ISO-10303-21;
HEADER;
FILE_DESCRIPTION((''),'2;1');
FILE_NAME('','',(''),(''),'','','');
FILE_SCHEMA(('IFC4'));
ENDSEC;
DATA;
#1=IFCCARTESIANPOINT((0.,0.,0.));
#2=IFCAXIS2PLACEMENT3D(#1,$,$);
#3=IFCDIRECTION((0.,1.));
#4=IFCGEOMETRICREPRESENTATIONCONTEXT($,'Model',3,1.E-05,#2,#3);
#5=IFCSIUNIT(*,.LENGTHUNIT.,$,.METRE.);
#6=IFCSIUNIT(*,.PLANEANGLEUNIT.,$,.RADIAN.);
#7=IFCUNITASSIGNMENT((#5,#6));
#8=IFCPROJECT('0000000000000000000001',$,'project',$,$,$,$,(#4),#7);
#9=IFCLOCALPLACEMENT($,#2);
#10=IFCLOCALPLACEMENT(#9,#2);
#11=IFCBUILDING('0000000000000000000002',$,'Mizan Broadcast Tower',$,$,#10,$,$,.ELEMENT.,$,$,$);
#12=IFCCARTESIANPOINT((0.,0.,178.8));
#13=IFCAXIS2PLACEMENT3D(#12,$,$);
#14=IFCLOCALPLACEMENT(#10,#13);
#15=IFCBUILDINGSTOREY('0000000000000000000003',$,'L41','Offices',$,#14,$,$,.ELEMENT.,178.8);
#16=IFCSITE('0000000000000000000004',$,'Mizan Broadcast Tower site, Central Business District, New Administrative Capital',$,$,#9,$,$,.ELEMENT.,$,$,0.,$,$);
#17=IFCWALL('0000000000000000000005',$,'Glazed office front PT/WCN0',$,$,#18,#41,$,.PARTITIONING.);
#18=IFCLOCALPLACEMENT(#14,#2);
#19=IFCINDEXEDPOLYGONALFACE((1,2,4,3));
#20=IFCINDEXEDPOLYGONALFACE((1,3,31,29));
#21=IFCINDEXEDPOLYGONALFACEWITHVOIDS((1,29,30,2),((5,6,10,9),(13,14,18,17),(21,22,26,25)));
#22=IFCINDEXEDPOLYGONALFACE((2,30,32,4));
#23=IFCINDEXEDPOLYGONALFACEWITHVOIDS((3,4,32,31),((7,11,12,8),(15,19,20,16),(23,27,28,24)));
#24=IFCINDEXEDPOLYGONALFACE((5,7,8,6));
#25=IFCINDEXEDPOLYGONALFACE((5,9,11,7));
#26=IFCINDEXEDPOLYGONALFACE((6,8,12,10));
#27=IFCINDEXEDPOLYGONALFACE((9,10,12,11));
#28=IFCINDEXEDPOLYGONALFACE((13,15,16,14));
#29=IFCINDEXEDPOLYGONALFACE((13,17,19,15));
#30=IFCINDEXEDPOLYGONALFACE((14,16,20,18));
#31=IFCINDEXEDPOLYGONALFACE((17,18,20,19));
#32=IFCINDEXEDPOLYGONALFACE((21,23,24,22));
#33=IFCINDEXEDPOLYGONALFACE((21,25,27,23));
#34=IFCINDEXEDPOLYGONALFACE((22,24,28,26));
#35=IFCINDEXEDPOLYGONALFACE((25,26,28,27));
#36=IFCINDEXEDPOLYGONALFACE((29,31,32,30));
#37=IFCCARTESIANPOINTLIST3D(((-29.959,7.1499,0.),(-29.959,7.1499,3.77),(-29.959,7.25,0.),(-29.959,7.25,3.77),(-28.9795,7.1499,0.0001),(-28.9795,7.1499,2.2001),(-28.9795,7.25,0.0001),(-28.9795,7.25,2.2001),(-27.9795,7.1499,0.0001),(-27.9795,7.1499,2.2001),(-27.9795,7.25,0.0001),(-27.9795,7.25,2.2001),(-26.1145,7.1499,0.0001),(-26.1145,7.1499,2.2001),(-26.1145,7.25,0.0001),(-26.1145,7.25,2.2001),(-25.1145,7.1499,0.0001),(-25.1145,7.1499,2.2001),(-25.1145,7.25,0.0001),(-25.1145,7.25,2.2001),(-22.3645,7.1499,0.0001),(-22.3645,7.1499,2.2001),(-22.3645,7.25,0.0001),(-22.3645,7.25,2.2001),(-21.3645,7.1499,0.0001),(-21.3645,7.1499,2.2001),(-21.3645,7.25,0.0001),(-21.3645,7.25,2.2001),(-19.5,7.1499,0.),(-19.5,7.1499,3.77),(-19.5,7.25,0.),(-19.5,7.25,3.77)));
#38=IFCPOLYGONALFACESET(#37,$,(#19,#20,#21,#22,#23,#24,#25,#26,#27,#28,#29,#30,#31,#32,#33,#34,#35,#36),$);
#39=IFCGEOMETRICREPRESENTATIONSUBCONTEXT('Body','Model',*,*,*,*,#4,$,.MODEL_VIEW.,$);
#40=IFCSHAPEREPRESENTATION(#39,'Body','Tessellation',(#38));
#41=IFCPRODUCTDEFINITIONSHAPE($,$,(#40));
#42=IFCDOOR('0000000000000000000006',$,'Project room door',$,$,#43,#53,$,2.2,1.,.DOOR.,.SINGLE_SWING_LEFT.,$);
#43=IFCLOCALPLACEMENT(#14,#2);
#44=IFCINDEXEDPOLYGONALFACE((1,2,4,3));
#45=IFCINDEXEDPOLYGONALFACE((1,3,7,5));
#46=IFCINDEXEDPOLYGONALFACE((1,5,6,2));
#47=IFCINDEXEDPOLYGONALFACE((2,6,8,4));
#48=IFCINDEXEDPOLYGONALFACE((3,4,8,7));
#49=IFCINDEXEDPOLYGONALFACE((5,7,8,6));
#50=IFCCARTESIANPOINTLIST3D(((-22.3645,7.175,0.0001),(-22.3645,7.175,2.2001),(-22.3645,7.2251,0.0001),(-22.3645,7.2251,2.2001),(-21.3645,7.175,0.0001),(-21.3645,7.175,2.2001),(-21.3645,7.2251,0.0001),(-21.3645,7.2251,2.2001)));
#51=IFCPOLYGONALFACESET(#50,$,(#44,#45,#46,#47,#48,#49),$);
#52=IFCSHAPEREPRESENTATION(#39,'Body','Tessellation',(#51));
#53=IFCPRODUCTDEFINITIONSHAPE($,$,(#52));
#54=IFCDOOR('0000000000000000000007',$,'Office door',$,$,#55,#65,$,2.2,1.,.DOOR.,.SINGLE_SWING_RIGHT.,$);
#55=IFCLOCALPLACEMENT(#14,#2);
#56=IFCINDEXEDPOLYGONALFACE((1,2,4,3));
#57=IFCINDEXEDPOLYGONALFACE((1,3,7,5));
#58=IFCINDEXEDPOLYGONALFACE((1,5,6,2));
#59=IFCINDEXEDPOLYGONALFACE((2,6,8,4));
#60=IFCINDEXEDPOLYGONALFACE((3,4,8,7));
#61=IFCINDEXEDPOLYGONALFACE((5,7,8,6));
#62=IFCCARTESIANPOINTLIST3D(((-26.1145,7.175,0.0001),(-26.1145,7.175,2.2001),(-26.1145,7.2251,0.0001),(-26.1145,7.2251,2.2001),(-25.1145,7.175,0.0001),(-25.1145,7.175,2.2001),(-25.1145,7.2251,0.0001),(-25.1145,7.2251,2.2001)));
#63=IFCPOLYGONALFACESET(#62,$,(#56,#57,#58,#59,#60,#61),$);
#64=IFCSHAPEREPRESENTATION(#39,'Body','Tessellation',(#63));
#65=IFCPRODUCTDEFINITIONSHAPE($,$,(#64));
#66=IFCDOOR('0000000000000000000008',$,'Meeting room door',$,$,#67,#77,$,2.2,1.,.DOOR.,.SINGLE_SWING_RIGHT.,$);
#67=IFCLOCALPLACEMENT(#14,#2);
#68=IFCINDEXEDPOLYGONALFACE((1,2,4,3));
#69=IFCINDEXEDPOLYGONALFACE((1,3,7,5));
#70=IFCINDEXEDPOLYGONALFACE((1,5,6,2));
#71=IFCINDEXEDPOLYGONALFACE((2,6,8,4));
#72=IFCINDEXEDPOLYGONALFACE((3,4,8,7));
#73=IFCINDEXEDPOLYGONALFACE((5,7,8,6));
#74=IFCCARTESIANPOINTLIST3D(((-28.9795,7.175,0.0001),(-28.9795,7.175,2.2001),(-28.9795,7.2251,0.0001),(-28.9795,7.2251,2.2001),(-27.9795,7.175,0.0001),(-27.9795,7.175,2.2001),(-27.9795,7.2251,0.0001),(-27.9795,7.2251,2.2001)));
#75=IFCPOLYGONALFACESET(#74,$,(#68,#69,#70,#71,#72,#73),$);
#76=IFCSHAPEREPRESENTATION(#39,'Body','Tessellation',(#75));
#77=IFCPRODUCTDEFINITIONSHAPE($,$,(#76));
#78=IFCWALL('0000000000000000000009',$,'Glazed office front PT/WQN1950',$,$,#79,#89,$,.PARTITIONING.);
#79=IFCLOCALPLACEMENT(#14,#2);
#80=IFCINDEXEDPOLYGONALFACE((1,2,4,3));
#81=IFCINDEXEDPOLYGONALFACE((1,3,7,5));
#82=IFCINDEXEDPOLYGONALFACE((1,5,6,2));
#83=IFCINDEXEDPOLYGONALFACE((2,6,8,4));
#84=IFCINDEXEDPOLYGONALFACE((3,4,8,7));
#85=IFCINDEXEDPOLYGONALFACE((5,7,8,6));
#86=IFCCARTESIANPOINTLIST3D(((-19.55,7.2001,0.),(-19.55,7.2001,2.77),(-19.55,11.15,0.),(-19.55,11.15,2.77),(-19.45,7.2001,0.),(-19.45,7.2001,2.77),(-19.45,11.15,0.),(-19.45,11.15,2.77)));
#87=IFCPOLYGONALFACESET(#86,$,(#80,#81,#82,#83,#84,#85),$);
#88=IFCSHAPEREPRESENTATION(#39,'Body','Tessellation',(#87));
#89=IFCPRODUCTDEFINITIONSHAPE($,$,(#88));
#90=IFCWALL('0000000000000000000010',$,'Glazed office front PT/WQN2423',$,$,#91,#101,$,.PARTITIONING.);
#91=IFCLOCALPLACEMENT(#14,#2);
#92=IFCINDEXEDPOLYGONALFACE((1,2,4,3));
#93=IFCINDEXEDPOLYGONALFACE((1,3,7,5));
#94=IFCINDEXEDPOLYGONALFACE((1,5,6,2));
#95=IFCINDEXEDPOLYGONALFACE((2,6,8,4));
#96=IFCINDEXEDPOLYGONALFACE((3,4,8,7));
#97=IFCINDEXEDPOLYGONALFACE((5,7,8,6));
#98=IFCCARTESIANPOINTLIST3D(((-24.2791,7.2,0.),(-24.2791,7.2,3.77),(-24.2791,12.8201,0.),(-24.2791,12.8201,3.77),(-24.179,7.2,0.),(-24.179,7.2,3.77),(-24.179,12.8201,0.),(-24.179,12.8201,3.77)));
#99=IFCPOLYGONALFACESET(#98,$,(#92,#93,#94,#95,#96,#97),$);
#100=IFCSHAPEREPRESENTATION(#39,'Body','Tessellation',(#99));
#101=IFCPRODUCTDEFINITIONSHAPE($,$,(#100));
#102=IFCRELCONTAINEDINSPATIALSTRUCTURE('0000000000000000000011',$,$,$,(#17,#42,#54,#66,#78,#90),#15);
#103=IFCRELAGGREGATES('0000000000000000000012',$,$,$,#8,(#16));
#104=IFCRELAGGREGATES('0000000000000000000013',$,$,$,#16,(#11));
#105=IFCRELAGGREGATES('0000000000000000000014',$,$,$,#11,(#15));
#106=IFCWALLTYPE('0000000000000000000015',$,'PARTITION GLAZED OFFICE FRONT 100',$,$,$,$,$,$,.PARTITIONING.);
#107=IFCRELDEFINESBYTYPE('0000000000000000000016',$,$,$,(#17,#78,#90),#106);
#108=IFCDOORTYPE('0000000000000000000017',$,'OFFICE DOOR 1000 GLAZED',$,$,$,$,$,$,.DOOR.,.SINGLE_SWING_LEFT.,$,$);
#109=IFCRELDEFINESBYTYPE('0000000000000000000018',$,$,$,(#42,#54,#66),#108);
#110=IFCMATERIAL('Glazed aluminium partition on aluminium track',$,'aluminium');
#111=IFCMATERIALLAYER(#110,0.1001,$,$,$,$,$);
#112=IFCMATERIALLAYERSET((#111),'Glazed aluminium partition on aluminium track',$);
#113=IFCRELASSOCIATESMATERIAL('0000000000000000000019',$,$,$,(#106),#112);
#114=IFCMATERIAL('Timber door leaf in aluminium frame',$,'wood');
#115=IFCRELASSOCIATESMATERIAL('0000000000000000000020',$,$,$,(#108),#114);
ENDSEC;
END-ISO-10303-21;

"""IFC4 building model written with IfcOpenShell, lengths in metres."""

from ifc_helpers import new_model, si_unit, direction, frame, frame_2d, origin, place, context, subcontext, project, spatial, rectangle, extrude, material, layer, layer_set, type_object, element, fill, save


model = new_model("IFC4")

# Units and contexts
model_context = context("Model", 3, precision=1e-05, world=origin(), true_north=direction((0.0, 1.0)))
body_context = subcontext(model_context, "Body", "Model", "MODEL_VIEW")
ifc_project = project(units=[si_unit("LENGTHUNIT", "METRE"), si_unit("PLANEANGLEUNIT", "RADIAN")], contexts=[model_context])

# Site, building, storey
site_placement = place(None, origin())
site = spatial("IfcSite", under=ifc_project, at=site_placement, Name="Mizan Broadcast Tower site, Central Business District, New Administrative Capital", CompositionType="ELEMENT", RefElevation=0.0)
building_placement = place(site_placement, origin())
building = spatial("IfcBuilding", under=site, at=building_placement, Name="Mizan Broadcast Tower", CompositionType="ELEMENT")
storey_placement = place(building_placement, frame((0.0, 0.0, 178.8)))
storey = spatial("IfcBuildingStorey", under=building, at=storey_placement, Name="L41", Description="Offices", CompositionType="ELEMENT", Elevation=178.8)

# Wall, openings, doors
ifc_material_1 = material(Name="Glazed aluminium partition on aluminium track", Category="aluminium")
ifc_layer_1 = layer(ifc_material_1, 0.1001)
ifc_layer_set_1 = layer_set([ifc_layer_1], Name="Glazed aluminium partition on aluminium track")
wall_type = type_object("IfcWallType", Name="PARTITION GLAZED OFFICE FRONT 100", PredefinedType="PARTITIONING", material=ifc_layer_set_1)
wall_1_placement = place(storey_placement, frame((-19.5, 7.2, 0.0), z_axis=(0.0, 0.0, 1.0), x_axis=(-1.0, 0.0, 0.0)))
wall_1 = element("IfcWall", 1, at=wall_1_placement, inside=storey, type_object=wall_type, Name="Glazed office front PT/WCN0", PredefinedType="PARTITIONING", context=body_context, shape_type="SweptSolid", body=[
    extrude(rectangle(XDim=10.459, YDim=0.1001, at=frame_2d((5.2295, 0.0))), origin(), (0.0, 0.0, 1.0), 3.77),
])
opening_1_placement = place(wall_1_placement, frame((1.8645, 0.0, 0.0)))
opening_1 = element("IfcOpeningElement", 2, at=opening_1_placement, cuts=wall_1, PredefinedType="OPENING", context=body_context, shape_type="SweptSolid", body=[
    extrude(rectangle(XDim=1.0, YDim=2.2, at=frame_2d((0.5, 1.1001))), frame((0.0, 0.0601, 0.0), z_axis=(0.0, -1.0, 0.0), x_axis=(1.0, 0.0, 0.0)), (0.0, 0.0, 1.0), 0.1201),
])
opening_2_placement = place(wall_1_placement, frame((5.6145, 0.0, 0.0)))
opening_2 = element("IfcOpeningElement", 3, at=opening_2_placement, cuts=wall_1, PredefinedType="OPENING", context=body_context, shape_type="SweptSolid", body=[
    extrude(rectangle(XDim=1.0, YDim=2.2, at=frame_2d((0.5, 1.1001))), frame((0.0, 0.0601, 0.0), z_axis=(0.0, -1.0, 0.0), x_axis=(1.0, 0.0, 0.0)), (0.0, 0.0, 1.0), 0.1201),
])
opening_3_placement = place(wall_1_placement, frame((8.4795, 0.0, 0.0)))
opening_3 = element("IfcOpeningElement", 4, at=opening_3_placement, cuts=wall_1, PredefinedType="OPENING", context=body_context, shape_type="SweptSolid", body=[
    extrude(rectangle(XDim=1.0, YDim=2.2, at=frame_2d((0.5, 1.1001))), frame((0.0, 0.0601, 0.0), z_axis=(0.0, -1.0, 0.0), x_axis=(1.0, 0.0, 0.0)), (0.0, 0.0, 1.0), 0.1201),
])
ifc_material_2 = material(Name="Timber door leaf in aluminium frame", Category="wood")
door_type = type_object("IfcDoorType", Name="OFFICE DOOR 1000 GLAZED", OperationType="SINGLE_SWING_LEFT", PredefinedType="DOOR", material=ifc_material_2)
door_1_placement = place(opening_1_placement, origin())
door_1 = element("IfcDoor", 5, at=door_1_placement, inside=storey, type_object=door_type, Name="Project room door", OperationType="SINGLE_SWING_LEFT", OverallHeight=2.2, OverallWidth=1.0, PredefinedType="DOOR", context=body_context, shape_type="SweptSolid", body=[
    extrude(rectangle(XDim=1.0, YDim=2.2, at=frame_2d((0.5, 1.1001))), frame((0.0, 0.0249, 0.0), z_axis=(0.0, -1.0, 0.0), x_axis=(1.0, 0.0, 0.0)), (0.0, 0.0, 1.0), 0.05),
])
fill(opening_1, door_1)
door_2_placement = place(opening_2_placement, origin())
door_2 = element("IfcDoor", 6, at=door_2_placement, inside=storey, type_object=door_type, Name="Office door", OperationType="SINGLE_SWING_RIGHT", OverallHeight=2.2, OverallWidth=1.0, PredefinedType="DOOR", context=body_context, shape_type="SweptSolid", body=[
    extrude(rectangle(XDim=1.0, YDim=2.2, at=frame_2d((0.5, 1.1001))), frame((0.0, 0.0249, 0.0), z_axis=(0.0, -1.0, 0.0), x_axis=(1.0, 0.0, 0.0)), (0.0, 0.0, 1.0), 0.05),
])
fill(opening_2, door_2)
door_3_placement = place(opening_3_placement, origin())
door_3 = element("IfcDoor", 7, at=door_3_placement, inside=storey, type_object=door_type, Name="Meeting room door", OperationType="SINGLE_SWING_RIGHT", OverallHeight=2.2, OverallWidth=1.0, PredefinedType="DOOR", context=body_context, shape_type="SweptSolid", body=[
    extrude(rectangle(XDim=1.0, YDim=2.2, at=frame_2d((0.5, 1.1001))), frame((0.0, 0.0249, 0.0), z_axis=(0.0, -1.0, 0.0), x_axis=(1.0, 0.0, 0.0)), (0.0, 0.0, 1.0), 0.05),
])
fill(opening_3, door_3)

# Walls
wall_2_placement = place(storey_placement, frame((-19.5, 7.2, 0.0), z_axis=(0.0, 0.0, 1.0), x_axis=(0.0, 1.0, 0.0)))
element("IfcWall", 8, at=wall_2_placement, inside=storey, type_object=wall_type, Name="Glazed office front PT/WQN1950", PredefinedType="PARTITIONING", context=body_context, shape_type="SweptSolid", body=[
    extrude(rectangle(XDim=3.95, YDim=0.1001, at=frame_2d((1.9751, 0.0))), origin(), (0.0, 0.0, 1.0), 2.77),
])
wall_3_placement = place(storey_placement, frame((-24.229, 7.2, 0.0), z_axis=(0.0, 0.0, 1.0), x_axis=(0.0, 1.0, 0.0)))
element("IfcWall", 9, at=wall_3_placement, inside=storey, type_object=wall_type, Name="Glazed office front PT/WQN2423", PredefinedType="PARTITIONING", context=body_context, shape_type="SweptSolid", body=[
    extrude(rectangle(XDim=5.6201, YDim=0.1001, at=frame_2d((2.8101, 0.0))), origin(), (0.0, 0.0, 1.0), 3.77),
])

save(model, "model.ifc")
